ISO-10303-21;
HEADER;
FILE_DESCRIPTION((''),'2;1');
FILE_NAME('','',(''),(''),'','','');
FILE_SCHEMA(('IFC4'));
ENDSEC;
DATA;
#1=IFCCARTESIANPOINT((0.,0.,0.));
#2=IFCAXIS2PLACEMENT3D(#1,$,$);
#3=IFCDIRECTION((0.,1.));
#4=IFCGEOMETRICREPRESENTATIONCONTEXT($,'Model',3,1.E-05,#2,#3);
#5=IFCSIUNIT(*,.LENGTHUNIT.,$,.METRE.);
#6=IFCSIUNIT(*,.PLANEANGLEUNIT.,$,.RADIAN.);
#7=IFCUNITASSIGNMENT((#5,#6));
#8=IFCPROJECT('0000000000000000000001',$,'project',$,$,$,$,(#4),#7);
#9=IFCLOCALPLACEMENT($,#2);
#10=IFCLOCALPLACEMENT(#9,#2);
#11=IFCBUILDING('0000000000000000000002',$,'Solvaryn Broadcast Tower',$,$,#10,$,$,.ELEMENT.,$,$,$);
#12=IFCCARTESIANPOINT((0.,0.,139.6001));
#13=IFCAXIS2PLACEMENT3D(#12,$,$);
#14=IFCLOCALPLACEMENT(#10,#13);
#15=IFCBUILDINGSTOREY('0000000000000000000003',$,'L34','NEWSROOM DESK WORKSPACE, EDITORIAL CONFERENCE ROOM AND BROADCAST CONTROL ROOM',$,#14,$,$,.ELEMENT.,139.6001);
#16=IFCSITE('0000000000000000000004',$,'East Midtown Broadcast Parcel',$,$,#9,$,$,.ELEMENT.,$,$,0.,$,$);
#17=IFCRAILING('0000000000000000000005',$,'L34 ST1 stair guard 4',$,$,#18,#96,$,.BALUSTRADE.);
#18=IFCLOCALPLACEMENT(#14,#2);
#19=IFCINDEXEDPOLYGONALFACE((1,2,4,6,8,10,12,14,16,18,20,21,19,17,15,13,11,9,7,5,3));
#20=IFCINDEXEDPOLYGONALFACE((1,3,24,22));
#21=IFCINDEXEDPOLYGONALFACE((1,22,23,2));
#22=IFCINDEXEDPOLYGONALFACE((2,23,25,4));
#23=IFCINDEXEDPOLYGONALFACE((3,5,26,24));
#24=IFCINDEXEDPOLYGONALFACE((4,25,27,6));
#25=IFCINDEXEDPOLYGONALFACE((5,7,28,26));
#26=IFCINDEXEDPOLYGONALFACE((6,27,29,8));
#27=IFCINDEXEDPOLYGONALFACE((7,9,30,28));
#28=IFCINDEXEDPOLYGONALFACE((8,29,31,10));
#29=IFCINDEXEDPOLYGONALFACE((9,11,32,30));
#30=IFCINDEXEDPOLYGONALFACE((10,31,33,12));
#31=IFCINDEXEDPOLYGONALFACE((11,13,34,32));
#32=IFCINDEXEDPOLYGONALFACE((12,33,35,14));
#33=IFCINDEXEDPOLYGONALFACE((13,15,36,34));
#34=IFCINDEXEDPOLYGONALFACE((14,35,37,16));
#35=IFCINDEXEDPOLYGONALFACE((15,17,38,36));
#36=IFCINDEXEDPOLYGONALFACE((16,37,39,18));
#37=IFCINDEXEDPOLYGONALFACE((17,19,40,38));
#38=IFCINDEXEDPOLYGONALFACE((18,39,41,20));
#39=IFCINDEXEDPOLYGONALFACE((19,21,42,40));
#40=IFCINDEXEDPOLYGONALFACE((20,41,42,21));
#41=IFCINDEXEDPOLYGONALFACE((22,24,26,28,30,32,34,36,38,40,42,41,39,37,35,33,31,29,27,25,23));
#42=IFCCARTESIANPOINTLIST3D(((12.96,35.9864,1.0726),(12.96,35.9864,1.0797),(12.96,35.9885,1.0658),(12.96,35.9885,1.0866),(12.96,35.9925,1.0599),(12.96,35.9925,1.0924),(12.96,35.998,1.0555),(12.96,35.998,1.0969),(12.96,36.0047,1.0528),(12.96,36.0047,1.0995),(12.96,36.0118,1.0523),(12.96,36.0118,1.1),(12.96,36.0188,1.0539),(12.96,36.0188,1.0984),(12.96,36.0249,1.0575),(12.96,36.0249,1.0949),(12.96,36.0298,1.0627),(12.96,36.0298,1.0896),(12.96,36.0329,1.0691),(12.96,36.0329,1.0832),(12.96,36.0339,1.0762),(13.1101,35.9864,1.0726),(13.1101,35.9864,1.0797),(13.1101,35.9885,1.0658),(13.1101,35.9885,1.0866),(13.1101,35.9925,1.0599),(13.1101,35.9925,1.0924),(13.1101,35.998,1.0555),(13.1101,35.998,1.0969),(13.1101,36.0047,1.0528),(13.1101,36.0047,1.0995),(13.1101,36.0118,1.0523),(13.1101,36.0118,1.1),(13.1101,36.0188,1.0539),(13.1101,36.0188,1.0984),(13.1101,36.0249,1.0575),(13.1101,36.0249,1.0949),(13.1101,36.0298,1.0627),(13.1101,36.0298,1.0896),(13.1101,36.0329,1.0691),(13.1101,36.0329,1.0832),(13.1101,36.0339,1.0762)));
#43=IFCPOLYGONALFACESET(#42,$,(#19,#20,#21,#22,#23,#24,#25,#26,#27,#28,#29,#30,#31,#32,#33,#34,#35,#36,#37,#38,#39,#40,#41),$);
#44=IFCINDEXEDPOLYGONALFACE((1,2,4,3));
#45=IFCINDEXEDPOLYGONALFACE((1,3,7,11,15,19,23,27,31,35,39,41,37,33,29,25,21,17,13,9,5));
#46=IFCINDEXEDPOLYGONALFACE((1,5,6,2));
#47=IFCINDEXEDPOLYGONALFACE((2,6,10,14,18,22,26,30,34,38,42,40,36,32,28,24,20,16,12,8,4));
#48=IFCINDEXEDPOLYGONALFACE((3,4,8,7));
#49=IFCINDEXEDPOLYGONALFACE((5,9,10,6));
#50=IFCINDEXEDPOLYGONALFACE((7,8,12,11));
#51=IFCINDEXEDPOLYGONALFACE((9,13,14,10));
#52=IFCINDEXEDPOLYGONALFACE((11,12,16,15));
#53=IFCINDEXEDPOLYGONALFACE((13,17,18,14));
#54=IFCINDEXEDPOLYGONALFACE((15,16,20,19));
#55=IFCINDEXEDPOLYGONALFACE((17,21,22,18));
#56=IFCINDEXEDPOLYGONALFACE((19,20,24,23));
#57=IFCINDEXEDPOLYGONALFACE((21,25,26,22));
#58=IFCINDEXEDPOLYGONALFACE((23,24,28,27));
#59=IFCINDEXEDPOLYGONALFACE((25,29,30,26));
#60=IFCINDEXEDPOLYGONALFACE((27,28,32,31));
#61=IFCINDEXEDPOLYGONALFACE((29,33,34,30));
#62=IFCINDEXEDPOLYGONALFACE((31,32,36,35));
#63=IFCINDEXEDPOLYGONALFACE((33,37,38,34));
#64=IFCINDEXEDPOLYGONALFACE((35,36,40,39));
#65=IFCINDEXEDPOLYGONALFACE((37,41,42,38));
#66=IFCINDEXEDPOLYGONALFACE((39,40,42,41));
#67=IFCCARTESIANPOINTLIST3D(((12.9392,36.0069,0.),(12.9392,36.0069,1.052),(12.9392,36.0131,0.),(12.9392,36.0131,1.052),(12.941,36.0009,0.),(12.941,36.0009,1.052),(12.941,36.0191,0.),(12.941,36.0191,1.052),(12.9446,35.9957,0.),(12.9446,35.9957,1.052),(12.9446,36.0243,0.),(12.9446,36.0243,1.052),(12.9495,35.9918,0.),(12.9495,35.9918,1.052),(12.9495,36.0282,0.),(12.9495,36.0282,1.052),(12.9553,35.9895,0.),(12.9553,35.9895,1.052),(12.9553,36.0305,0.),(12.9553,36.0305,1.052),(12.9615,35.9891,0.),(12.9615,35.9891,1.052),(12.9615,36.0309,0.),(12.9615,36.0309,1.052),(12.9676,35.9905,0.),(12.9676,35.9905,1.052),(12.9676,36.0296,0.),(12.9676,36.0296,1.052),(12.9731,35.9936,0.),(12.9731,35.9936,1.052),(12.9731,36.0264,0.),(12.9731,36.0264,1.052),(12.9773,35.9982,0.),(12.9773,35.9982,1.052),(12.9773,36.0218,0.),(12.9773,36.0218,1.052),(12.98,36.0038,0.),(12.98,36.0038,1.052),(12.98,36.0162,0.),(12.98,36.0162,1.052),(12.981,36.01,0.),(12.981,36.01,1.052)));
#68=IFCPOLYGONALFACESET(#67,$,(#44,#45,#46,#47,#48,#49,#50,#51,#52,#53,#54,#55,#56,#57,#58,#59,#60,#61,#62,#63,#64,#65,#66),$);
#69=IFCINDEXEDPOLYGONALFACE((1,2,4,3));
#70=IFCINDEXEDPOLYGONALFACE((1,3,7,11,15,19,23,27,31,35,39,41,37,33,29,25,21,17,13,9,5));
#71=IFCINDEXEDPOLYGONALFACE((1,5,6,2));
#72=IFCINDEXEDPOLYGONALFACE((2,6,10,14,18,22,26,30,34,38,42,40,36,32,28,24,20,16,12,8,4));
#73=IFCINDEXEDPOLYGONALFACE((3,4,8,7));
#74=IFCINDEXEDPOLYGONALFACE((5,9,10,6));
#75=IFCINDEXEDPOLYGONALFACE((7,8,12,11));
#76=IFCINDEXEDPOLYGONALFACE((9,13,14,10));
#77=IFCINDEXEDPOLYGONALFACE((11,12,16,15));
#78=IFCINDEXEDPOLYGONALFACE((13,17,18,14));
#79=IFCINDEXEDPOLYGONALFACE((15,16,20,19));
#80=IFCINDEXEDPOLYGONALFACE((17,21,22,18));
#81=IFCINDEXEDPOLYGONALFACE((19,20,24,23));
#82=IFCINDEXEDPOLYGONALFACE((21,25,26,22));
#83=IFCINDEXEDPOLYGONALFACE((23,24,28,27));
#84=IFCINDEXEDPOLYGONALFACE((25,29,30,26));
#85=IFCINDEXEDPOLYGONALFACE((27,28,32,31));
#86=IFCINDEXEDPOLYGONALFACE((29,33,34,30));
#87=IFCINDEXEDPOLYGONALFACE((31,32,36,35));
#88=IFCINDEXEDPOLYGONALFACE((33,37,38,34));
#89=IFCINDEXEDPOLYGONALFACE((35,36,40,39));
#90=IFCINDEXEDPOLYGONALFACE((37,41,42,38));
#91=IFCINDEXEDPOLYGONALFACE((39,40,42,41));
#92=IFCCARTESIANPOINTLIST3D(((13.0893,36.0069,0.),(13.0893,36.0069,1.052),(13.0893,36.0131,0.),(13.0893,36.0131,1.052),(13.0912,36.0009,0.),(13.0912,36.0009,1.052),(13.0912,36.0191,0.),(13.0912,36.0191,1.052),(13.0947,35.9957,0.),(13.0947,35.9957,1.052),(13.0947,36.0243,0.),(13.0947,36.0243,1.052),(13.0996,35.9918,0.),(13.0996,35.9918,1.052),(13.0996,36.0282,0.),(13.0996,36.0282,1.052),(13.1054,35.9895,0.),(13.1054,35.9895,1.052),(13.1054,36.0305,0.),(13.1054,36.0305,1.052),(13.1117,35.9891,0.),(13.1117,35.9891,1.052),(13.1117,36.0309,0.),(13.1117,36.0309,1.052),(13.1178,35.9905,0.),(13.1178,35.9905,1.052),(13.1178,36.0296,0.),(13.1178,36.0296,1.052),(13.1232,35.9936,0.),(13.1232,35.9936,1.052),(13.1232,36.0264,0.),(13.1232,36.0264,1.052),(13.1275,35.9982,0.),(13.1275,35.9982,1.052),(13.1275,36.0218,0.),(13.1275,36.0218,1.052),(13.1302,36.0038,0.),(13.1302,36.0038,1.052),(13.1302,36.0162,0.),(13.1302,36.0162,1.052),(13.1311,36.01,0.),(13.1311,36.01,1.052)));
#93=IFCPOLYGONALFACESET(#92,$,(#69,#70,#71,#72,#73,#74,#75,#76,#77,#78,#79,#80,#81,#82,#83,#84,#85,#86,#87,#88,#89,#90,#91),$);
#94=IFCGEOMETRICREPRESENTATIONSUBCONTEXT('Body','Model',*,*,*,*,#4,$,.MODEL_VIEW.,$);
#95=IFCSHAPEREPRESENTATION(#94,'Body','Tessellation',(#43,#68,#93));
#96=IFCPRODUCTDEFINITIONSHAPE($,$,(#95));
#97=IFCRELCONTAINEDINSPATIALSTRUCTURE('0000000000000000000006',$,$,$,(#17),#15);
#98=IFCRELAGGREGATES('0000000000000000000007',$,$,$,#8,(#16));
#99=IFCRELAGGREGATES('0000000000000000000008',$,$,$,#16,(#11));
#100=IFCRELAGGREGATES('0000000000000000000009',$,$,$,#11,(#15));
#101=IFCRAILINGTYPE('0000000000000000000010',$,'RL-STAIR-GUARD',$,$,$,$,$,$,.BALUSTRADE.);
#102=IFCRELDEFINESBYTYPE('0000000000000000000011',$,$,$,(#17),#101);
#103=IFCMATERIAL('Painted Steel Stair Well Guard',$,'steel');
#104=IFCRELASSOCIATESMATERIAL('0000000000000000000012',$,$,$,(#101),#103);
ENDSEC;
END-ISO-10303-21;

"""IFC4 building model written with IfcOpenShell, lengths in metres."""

from ifc_helpers import new_model, si_unit, direction, frame, origin, origin_2d, place, context, subcontext, project, spatial, circle, extrude, material, type_object, element, save


model = new_model("IFC4")

# Units and contexts
model_context = context("Model", 3, precision=1e-05, world=origin(), true_north=direction((0.0, 1.0)))
body_context = subcontext(model_context, "Body", "Model", "MODEL_VIEW")
ifc_project = project(units=[si_unit("LENGTHUNIT", "METRE"), si_unit("PLANEANGLEUNIT", "RADIAN")], contexts=[model_context])

# Site, building, storey
site_placement = place(None, origin())
site = spatial("IfcSite", under=ifc_project, at=site_placement, Name="East Midtown Broadcast Parcel", CompositionType="ELEMENT", RefElevation=0.0)
building_placement = place(site_placement, origin())
building = spatial("IfcBuilding", under=site, at=building_placement, Name="Solvaryn Broadcast Tower", CompositionType="ELEMENT")
storey_placement = place(building_placement, frame((0.0, 0.0, 139.6001)))
storey = spatial("IfcBuildingStorey", under=building, at=storey_placement, Name="L34", Description="NEWSROOM DESK WORKSPACE, EDITORIAL CONFERENCE ROOM AND BROADCAST CONTROL ROOM", CompositionType="ELEMENT", Elevation=139.6001)

# Railing
ifc_material_1 = material(Name="Painted Steel Stair Well Guard", Category="steel")
railing_type_1 = type_object("IfcRailingType", Name="RL-STAIR-GUARD", PredefinedType="BALUSTRADE", material=ifc_material_1)
railing_1_placement = place(storey_placement, frame((12.96, 36.01, 0.0)))
element("IfcRailing", 1, at=railing_1_placement, inside=storey, type_object=railing_type_1, Name="L34 ST1 stair guard 4", PredefinedType="BALUSTRADE", context=body_context, shape_type="SweptSolid", body=[
    extrude(circle(Radius=0.0239, at=origin_2d()), frame((0.0, 0.0, 1.0762), z_axis=(1.0, 0.0, 0.0), x_axis=(0.0, 1.0, 0.0)), (0.0, 0.0, 1.0), 0.1501),
    extrude(circle(Radius=0.021, at=origin_2d()), origin(), (0.0, 0.0, 1.0), 1.052),
    extrude(circle(Radius=0.021, at=origin_2d()), frame((0.1501, 0.0, 0.0)), (0.0, 0.0, 1.0), 1.052),
])

save(model, "model.ifc")
